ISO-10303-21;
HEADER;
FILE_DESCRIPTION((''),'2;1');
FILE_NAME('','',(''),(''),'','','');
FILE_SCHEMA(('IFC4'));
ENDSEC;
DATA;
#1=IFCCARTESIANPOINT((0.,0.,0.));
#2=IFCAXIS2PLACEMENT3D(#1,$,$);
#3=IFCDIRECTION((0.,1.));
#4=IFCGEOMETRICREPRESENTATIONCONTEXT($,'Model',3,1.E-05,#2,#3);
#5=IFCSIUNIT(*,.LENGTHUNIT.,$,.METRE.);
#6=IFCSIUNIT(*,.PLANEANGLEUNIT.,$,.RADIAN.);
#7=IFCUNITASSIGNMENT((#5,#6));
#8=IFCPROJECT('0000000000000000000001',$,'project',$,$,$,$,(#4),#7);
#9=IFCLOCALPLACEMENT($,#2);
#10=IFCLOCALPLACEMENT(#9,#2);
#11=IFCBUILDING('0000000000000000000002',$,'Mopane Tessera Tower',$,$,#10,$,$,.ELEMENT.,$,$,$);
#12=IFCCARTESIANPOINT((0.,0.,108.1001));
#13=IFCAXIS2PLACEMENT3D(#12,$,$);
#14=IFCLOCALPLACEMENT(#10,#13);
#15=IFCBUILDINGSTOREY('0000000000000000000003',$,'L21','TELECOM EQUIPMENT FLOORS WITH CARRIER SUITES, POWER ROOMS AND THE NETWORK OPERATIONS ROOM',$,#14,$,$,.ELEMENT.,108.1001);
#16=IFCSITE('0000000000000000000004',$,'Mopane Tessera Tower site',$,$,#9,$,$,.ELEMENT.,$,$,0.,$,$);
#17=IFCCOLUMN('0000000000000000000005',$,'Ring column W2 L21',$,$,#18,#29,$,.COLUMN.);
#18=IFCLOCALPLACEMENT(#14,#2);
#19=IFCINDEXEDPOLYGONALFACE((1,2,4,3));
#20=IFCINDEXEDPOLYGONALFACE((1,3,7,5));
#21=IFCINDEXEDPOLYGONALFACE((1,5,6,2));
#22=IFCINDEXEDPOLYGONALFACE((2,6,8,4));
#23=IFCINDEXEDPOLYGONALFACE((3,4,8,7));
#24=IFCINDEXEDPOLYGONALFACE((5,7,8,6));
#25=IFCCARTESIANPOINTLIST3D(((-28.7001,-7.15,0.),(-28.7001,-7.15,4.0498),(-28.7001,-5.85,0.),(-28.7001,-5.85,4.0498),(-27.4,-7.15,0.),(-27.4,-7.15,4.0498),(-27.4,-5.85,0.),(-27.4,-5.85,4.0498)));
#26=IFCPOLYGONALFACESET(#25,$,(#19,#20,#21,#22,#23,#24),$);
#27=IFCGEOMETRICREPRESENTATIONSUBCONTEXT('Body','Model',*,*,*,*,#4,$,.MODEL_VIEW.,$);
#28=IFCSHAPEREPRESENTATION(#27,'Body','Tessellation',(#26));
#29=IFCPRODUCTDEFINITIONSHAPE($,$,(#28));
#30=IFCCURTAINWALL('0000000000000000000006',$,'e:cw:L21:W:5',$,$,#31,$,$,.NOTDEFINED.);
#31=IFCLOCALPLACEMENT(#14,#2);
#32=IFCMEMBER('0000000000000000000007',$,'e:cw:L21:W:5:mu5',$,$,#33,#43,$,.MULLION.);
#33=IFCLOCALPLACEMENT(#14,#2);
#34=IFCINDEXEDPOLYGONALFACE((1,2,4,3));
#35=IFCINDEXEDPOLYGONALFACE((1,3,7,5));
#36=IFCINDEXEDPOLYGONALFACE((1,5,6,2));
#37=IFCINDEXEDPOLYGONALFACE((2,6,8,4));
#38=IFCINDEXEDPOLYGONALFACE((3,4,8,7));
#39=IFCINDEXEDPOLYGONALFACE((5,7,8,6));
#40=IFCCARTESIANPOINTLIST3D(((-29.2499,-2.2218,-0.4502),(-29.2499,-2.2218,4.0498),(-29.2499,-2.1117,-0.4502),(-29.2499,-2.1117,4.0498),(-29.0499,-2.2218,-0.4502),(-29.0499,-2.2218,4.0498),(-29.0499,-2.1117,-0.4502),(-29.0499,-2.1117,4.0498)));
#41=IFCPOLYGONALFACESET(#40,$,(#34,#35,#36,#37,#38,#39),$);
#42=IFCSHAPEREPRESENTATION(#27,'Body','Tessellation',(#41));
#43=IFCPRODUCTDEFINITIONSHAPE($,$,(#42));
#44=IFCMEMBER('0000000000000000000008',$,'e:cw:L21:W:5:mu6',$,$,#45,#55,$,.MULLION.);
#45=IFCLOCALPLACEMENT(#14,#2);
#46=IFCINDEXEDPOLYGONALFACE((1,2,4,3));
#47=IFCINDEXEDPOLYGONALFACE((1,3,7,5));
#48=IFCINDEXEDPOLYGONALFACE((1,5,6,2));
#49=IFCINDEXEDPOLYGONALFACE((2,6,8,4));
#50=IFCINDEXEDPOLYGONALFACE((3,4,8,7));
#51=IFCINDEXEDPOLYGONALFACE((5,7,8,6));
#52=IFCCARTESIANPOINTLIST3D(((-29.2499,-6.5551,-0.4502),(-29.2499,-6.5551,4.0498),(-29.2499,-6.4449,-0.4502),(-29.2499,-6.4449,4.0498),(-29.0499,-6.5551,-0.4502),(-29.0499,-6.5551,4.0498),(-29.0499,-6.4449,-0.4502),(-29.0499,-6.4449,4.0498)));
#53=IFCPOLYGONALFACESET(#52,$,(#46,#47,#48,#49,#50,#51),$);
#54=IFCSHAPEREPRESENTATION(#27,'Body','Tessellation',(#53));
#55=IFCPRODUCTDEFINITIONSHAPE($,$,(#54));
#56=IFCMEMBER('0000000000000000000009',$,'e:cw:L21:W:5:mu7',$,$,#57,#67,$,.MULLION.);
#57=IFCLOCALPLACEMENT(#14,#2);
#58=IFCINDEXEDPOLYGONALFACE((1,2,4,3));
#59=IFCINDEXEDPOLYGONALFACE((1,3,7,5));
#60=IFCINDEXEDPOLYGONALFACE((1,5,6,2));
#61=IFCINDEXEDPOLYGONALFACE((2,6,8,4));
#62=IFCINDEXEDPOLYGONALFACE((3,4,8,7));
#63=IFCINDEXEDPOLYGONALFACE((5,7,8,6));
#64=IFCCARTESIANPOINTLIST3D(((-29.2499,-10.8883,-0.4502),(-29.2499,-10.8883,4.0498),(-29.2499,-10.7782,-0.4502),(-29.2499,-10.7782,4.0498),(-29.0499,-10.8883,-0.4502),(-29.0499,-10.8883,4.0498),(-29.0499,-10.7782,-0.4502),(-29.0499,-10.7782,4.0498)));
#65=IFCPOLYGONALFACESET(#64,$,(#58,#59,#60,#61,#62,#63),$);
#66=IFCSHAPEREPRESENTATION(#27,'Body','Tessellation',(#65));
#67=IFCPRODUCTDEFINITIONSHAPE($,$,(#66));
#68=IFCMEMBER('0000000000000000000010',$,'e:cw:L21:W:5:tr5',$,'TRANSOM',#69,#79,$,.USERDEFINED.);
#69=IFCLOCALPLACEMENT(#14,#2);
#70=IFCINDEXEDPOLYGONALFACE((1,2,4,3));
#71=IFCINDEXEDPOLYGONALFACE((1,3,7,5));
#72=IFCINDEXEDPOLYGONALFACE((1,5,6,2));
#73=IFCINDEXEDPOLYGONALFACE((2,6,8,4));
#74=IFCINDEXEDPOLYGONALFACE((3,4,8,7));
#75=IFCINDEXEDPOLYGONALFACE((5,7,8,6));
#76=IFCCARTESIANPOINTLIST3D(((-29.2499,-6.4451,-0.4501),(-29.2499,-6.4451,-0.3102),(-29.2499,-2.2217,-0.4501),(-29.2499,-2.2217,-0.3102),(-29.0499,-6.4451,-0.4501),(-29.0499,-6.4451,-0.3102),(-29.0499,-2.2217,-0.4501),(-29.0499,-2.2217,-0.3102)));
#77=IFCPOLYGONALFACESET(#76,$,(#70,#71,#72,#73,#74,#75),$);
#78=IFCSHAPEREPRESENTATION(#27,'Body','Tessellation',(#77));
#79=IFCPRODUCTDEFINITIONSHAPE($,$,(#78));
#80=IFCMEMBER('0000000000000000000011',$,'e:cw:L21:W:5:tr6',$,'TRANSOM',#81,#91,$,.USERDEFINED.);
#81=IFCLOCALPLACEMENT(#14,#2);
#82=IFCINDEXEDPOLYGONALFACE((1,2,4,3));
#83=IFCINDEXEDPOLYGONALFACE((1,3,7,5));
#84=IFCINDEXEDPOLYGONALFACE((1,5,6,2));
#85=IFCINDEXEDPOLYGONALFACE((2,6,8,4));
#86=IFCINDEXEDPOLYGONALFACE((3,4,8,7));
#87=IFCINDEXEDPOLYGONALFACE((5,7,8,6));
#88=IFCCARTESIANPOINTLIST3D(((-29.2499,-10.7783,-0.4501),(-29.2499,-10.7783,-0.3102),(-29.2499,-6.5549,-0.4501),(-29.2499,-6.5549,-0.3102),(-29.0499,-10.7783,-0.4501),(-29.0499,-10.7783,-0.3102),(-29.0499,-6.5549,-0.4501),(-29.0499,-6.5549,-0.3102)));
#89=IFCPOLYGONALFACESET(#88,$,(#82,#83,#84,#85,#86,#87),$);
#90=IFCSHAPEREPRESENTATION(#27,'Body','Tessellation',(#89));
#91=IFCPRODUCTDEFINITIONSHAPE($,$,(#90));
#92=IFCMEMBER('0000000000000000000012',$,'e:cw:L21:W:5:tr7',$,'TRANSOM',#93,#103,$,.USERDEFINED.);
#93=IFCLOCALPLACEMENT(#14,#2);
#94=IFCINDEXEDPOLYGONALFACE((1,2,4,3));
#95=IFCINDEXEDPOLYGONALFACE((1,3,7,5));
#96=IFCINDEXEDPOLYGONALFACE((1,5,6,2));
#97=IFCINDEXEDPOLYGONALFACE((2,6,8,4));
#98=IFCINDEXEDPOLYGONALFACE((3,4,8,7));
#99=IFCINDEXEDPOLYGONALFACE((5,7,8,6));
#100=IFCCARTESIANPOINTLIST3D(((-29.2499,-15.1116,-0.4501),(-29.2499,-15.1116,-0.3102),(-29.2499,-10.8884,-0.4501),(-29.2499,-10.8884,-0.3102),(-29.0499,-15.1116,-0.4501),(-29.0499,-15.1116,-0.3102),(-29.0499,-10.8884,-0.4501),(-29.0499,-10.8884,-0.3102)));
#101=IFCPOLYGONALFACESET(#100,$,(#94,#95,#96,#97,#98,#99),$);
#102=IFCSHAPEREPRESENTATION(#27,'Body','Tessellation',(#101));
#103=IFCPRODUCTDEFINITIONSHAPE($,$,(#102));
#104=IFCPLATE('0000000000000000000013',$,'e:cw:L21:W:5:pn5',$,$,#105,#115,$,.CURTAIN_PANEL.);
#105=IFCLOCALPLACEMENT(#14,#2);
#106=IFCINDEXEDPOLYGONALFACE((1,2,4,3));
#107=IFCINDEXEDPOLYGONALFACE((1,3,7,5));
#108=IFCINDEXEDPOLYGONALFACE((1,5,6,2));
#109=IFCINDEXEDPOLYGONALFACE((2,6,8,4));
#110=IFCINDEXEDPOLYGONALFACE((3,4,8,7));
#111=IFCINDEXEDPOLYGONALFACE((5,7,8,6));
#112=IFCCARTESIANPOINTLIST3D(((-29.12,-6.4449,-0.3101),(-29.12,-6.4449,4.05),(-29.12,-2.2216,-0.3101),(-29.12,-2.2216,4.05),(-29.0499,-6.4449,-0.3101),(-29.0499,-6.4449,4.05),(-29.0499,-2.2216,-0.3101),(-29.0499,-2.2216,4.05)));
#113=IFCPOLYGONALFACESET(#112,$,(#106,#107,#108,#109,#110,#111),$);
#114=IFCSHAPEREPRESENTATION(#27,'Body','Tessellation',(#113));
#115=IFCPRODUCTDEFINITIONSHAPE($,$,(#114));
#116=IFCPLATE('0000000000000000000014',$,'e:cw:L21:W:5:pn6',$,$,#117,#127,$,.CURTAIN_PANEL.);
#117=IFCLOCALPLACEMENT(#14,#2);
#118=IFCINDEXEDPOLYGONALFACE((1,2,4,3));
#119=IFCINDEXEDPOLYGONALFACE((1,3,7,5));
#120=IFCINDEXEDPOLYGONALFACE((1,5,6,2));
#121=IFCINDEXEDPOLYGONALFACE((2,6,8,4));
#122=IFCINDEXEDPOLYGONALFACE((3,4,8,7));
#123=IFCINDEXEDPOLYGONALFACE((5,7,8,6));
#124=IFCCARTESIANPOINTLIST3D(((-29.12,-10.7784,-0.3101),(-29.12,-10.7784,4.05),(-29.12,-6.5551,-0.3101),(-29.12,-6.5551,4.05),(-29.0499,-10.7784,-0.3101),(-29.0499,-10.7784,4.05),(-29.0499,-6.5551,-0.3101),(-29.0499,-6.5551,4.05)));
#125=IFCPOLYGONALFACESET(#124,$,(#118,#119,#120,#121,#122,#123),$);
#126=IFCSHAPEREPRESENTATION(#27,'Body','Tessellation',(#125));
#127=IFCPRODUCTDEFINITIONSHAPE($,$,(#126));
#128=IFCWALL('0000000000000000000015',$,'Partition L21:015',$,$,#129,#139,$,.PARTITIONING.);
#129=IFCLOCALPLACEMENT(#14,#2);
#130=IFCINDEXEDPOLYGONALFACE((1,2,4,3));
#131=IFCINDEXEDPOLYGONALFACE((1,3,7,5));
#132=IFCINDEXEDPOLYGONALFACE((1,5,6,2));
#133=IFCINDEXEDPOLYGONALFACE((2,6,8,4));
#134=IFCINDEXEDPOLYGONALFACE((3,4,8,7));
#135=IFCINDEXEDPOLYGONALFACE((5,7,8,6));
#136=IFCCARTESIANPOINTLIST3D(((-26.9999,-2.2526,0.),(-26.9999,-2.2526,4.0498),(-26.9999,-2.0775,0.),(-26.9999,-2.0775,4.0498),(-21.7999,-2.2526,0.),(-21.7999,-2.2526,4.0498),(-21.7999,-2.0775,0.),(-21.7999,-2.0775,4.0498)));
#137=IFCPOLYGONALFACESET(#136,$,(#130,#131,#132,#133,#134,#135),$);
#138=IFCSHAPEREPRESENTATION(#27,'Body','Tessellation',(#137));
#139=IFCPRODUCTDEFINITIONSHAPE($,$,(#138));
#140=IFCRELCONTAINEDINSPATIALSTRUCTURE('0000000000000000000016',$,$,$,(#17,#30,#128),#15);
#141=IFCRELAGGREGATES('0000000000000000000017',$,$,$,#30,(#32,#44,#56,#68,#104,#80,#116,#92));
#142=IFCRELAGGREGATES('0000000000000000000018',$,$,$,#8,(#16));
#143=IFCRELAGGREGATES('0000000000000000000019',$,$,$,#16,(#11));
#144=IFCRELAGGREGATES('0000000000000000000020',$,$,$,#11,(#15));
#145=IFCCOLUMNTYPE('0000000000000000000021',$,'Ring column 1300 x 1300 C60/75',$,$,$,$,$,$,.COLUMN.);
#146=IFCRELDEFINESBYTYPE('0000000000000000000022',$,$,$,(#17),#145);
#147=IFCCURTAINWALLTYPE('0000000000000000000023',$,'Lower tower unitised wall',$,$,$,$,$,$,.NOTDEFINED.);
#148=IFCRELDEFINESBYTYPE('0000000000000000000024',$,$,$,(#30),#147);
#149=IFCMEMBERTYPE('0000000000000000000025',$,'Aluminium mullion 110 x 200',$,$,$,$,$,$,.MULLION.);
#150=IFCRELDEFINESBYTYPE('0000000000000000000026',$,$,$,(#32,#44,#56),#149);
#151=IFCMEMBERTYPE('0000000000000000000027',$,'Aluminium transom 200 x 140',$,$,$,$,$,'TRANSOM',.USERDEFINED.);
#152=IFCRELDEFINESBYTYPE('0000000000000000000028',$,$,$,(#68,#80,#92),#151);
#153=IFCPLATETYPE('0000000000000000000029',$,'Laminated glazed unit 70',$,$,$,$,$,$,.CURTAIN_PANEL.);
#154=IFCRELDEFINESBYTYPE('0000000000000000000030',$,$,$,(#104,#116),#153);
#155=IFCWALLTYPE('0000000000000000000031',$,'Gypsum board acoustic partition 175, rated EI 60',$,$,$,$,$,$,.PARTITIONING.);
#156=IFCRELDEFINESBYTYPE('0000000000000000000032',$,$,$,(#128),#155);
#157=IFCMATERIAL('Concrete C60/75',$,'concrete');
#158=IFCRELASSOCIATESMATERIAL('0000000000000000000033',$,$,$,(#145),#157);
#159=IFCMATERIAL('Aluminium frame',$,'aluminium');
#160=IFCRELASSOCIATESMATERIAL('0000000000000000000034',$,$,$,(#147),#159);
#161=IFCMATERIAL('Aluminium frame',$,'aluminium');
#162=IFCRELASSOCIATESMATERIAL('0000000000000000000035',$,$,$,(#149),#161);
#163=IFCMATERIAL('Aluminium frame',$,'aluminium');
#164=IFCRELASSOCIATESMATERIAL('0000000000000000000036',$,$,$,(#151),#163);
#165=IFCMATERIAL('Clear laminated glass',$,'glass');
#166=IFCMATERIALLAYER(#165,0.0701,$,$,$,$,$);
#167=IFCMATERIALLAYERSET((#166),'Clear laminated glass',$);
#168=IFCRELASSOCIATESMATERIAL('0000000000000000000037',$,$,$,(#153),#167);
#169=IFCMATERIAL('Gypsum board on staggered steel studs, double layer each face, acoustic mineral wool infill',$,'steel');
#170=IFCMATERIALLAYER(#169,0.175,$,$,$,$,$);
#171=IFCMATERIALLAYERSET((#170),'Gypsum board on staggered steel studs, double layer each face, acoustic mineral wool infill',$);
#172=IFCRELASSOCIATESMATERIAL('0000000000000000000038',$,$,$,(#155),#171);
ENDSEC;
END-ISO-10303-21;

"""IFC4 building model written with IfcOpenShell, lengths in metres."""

from ifc_helpers import new_model, si_unit, direction, frame, frame_2d, origin, origin_2d, place, context, subcontext, project, spatial, rectangle, extrude, material, layer, layer_set, material_profile, profile_set, type_object, element, aggregate, save


model = new_model("IFC4")

# Units and contexts
model_context = context("Model", 3, precision=1e-05, world=origin(), true_north=direction((0.0, 1.0)))
body_context = subcontext(model_context, "Body", "Model", "MODEL_VIEW")
ifc_project = project(units=[si_unit("LENGTHUNIT", "METRE"), si_unit("PLANEANGLEUNIT", "RADIAN")], contexts=[model_context])

# Site, building, storey
site_placement = place(None, origin())
site = spatial("IfcSite", under=ifc_project, at=site_placement, Name="Mopane Tessera Tower site", CompositionType="ELEMENT", RefElevation=0.0)
building_placement = place(site_placement, origin())
building = spatial("IfcBuilding", under=site, at=building_placement, Name="Mopane Tessera Tower", CompositionType="ELEMENT")
storey_placement = place(building_placement, frame((0.0, 0.0, 108.1001)))
storey = spatial("IfcBuildingStorey", under=building, at=storey_placement, Name="L21", Description="TELECOM EQUIPMENT FLOORS WITH CARRIER SUITES, POWER ROOMS AND THE NETWORK OPERATIONS ROOM", CompositionType="ELEMENT", Elevation=108.1001)

# Column
ifc_material_1 = material(Name="Concrete C60/75", Category="concrete")
ifc_material_profile_1 = material_profile(ifc_material_1, rectangle(XDim=1.3, YDim=1.3, at=origin_2d()))
ifc_profile_set_1 = profile_set([ifc_material_profile_1], Name="Concrete C60/75")
column_type = type_object("IfcColumnType", Name="Ring column 1300 x 1300 C60/75", PredefinedType="COLUMN", material=ifc_profile_set_1)
column_placement = place(storey_placement, frame((-28.05, -6.5, 0.0), z_axis=(0.0, 0.0, 1.0), x_axis=(1.0, 0.0, 0.0)))
element("IfcColumn", 1, at=column_placement, inside=storey, type_object=column_type, Name="Ring column W2 L21", PredefinedType="COLUMN", context=body_context, shape_type="SweptSolid", body=[
    extrude(rectangle(XDim=1.3, YDim=1.3, at=origin_2d()), origin(), (0.0, 0.0, 1.0), 4.0498),
])

# Curtain wall, members, plates
ifc_material_2 = material(Name="Aluminium frame", Category="aluminium")
curtain_wall_type = type_object("IfcCurtainWallType", Name="Lower tower unitised wall", PredefinedType="NOTDEFINED", material=ifc_material_2)
curtain_wall_placement = place(storey_placement, origin())
curtain_wall = element("IfcCurtainWall", 2, at=curtain_wall_placement, inside=storey, type_object=curtain_wall_type, Name="e:cw:L21:W:5", PredefinedType="NOTDEFINED")
ifc_material_3 = material(Name="Aluminium frame", Category="aluminium")
ifc_material_profile_2 = material_profile(ifc_material_3, rectangle(XDim=0.1101, YDim=0.2, at=origin_2d()))
ifc_profile_set_2 = profile_set([ifc_material_profile_2], Name="Aluminium frame")
member_type_1 = type_object("IfcMemberType", Name="Aluminium mullion 110 x 200", PredefinedType="MULLION", material=ifc_profile_set_2)
member_1_placement = place(storey_placement, frame((-29.1499, -2.1667, -0.4502), z_axis=(0.0, 0.0, 1.0), x_axis=(0.0, -1.0, 0.0)))
member_1 = element("IfcMember", 3, at=member_1_placement, type_object=member_type_1, Name="e:cw:L21:W:5:mu5", PredefinedType="MULLION", context=body_context, shape_type="SweptSolid", body=[
    extrude(rectangle(XDim=0.1101, YDim=0.2, at=origin_2d()), origin(), (0.0, 0.0, 1.0), 4.5),
])
member_2_placement = place(storey_placement, frame((-29.1499, -6.5, -0.4502), z_axis=(0.0, 0.0, 1.0), x_axis=(0.0, -1.0, 0.0)))
member_2 = element("IfcMember", 4, at=member_2_placement, type_object=member_type_1, Name="e:cw:L21:W:5:mu6", PredefinedType="MULLION", context=body_context, shape_type="SweptSolid", body=[
    extrude(rectangle(XDim=0.1101, YDim=0.2, at=origin_2d()), origin(), (0.0, 0.0, 1.0), 4.5),
])
member_3_placement = place(storey_placement, frame((-29.1499, -10.8333, -0.4502), z_axis=(0.0, 0.0, 1.0), x_axis=(0.0, -1.0, 0.0)))
member_3 = element("IfcMember", 5, at=member_3_placement, type_object=member_type_1, Name="e:cw:L21:W:5:mu7", PredefinedType="MULLION", context=body_context, shape_type="SweptSolid", body=[
    extrude(rectangle(XDim=0.1101, YDim=0.2, at=origin_2d()), origin(), (0.0, 0.0, 1.0), 4.5),
])
ifc_material_4 = material(Name="Aluminium frame", Category="aluminium")
ifc_material_profile_3 = material_profile(ifc_material_4, rectangle(XDim=0.2, YDim=0.1399, at=origin_2d()))
ifc_profile_set_3 = profile_set([ifc_material_profile_3], Name="Aluminium frame")
member_type_2 = type_object("IfcMemberType", Name="Aluminium transom 200 x 140", ElementType="TRANSOM", PredefinedType="USERDEFINED", material=ifc_profile_set_3)
member_4_placement = place(storey_placement, frame((-29.1499, -2.2217, -0.3801), z_axis=(0.0, -1.0, 0.0), x_axis=(1.0, 0.0, 0.0)))
member_4 = element("IfcMember", 6, at=member_4_placement, type_object=member_type_2, Name="e:cw:L21:W:5:tr5", ObjectType="TRANSOM", PredefinedType="USERDEFINED", context=body_context, shape_type="SweptSolid", body=[
    extrude(rectangle(XDim=0.2, YDim=0.1399, at=origin_2d()), origin(), (0.0, 0.0, 1.0), 4.2234),
])
member_5_placement = place(storey_placement, frame((-29.1499, -6.5549, -0.3801), z_axis=(0.0, -1.0, 0.0), x_axis=(1.0, 0.0, 0.0)))
member_5 = element("IfcMember", 7, at=member_5_placement, type_object=member_type_2, Name="e:cw:L21:W:5:tr6", ObjectType="TRANSOM", PredefinedType="USERDEFINED", context=body_context, shape_type="SweptSolid", body=[
    extrude(rectangle(XDim=0.2, YDim=0.1399, at=origin_2d()), origin(), (0.0, 0.0, 1.0), 4.2234),
])
member_6_placement = place(storey_placement, frame((-29.1499, -10.8884, -0.3801), z_axis=(0.0, -1.0, 0.0), x_axis=(1.0, 0.0, 0.0)))
member_6 = element("IfcMember", 8, at=member_6_placement, type_object=member_type_2, Name="e:cw:L21:W:5:tr7", ObjectType="TRANSOM", PredefinedType="USERDEFINED", context=body_context, shape_type="SweptSolid", body=[
    extrude(rectangle(XDim=0.2, YDim=0.1399, at=origin_2d()), origin(), (0.0, 0.0, 1.0), 4.2231),
])
ifc_material_5 = material(Name="Clear laminated glass", Category="glass")
ifc_layer_1 = layer(ifc_material_5, 0.0701)
ifc_layer_set_1 = layer_set([ifc_layer_1], Name="Clear laminated glass")
plate_type = type_object("IfcPlateType", Name="Laminated glazed unit 70", PredefinedType="CURTAIN_PANEL", material=ifc_layer_set_1)
plate_1_placement = place(storey_placement, frame((-29.085, -4.3333, -0.3101), z_axis=(0.0, 0.0, 1.0), x_axis=(0.0, -1.0, 0.0)))
plate_1 = element("IfcPlate", 9, at=plate_1_placement, type_object=plate_type, Name="e:cw:L21:W:5:pn5", PredefinedType="CURTAIN_PANEL", context=body_context, shape_type="SweptSolid", body=[
    extrude(rectangle(XDim=4.2234, YDim=0.0701, at=origin_2d()), origin(), (0.0, 0.0, 1.0), 4.3601),
])
plate_2_placement = place(storey_placement, frame((-29.085, -8.6667, -0.3101), z_axis=(0.0, 0.0, 1.0), x_axis=(0.0, -1.0, 0.0)))
plate_2 = element("IfcPlate", 10, at=plate_2_placement, type_object=plate_type, Name="e:cw:L21:W:5:pn6", PredefinedType="CURTAIN_PANEL", context=body_context, shape_type="SweptSolid", body=[
    extrude(rectangle(XDim=4.2234, YDim=0.0701, at=origin_2d()), origin(), (0.0, 0.0, 1.0), 4.3601),
])
aggregate(curtain_wall, [member_1, member_2, member_3, member_4, plate_1, member_5, plate_2, member_6])

# Wall
ifc_material_6 = material(Name="Gypsum board on staggered steel studs, double layer each face, acoustic mineral wool infill", Category="steel")
ifc_layer_2 = layer(ifc_material_6, 0.175)
ifc_layer_set_2 = layer_set([ifc_layer_2], Name="Gypsum board on staggered steel studs, double layer each face, acoustic mineral wool infill")
wall_type_1 = type_object("IfcWallType", Name="Gypsum board acoustic partition 175, rated EI 60", PredefinedType="PARTITIONING", material=ifc_layer_set_2)
wall_1_placement = place(storey_placement, frame((-27.0, -2.165, 0.0), z_axis=(0.0, 0.0, 1.0), x_axis=(1.0, 0.0, 0.0)))
element("IfcWall", 11, at=wall_1_placement, inside=storey, type_object=wall_type_1, Name="Partition L21:015", PredefinedType="PARTITIONING", context=body_context, shape_type="SweptSolid", body=[
    extrude(rectangle(XDim=5.2, YDim=0.175, at=frame_2d((2.6001, 0.0))), origin(), (0.0, 0.0, 1.0), 4.0498),
])

save(model, "model.ifc")
